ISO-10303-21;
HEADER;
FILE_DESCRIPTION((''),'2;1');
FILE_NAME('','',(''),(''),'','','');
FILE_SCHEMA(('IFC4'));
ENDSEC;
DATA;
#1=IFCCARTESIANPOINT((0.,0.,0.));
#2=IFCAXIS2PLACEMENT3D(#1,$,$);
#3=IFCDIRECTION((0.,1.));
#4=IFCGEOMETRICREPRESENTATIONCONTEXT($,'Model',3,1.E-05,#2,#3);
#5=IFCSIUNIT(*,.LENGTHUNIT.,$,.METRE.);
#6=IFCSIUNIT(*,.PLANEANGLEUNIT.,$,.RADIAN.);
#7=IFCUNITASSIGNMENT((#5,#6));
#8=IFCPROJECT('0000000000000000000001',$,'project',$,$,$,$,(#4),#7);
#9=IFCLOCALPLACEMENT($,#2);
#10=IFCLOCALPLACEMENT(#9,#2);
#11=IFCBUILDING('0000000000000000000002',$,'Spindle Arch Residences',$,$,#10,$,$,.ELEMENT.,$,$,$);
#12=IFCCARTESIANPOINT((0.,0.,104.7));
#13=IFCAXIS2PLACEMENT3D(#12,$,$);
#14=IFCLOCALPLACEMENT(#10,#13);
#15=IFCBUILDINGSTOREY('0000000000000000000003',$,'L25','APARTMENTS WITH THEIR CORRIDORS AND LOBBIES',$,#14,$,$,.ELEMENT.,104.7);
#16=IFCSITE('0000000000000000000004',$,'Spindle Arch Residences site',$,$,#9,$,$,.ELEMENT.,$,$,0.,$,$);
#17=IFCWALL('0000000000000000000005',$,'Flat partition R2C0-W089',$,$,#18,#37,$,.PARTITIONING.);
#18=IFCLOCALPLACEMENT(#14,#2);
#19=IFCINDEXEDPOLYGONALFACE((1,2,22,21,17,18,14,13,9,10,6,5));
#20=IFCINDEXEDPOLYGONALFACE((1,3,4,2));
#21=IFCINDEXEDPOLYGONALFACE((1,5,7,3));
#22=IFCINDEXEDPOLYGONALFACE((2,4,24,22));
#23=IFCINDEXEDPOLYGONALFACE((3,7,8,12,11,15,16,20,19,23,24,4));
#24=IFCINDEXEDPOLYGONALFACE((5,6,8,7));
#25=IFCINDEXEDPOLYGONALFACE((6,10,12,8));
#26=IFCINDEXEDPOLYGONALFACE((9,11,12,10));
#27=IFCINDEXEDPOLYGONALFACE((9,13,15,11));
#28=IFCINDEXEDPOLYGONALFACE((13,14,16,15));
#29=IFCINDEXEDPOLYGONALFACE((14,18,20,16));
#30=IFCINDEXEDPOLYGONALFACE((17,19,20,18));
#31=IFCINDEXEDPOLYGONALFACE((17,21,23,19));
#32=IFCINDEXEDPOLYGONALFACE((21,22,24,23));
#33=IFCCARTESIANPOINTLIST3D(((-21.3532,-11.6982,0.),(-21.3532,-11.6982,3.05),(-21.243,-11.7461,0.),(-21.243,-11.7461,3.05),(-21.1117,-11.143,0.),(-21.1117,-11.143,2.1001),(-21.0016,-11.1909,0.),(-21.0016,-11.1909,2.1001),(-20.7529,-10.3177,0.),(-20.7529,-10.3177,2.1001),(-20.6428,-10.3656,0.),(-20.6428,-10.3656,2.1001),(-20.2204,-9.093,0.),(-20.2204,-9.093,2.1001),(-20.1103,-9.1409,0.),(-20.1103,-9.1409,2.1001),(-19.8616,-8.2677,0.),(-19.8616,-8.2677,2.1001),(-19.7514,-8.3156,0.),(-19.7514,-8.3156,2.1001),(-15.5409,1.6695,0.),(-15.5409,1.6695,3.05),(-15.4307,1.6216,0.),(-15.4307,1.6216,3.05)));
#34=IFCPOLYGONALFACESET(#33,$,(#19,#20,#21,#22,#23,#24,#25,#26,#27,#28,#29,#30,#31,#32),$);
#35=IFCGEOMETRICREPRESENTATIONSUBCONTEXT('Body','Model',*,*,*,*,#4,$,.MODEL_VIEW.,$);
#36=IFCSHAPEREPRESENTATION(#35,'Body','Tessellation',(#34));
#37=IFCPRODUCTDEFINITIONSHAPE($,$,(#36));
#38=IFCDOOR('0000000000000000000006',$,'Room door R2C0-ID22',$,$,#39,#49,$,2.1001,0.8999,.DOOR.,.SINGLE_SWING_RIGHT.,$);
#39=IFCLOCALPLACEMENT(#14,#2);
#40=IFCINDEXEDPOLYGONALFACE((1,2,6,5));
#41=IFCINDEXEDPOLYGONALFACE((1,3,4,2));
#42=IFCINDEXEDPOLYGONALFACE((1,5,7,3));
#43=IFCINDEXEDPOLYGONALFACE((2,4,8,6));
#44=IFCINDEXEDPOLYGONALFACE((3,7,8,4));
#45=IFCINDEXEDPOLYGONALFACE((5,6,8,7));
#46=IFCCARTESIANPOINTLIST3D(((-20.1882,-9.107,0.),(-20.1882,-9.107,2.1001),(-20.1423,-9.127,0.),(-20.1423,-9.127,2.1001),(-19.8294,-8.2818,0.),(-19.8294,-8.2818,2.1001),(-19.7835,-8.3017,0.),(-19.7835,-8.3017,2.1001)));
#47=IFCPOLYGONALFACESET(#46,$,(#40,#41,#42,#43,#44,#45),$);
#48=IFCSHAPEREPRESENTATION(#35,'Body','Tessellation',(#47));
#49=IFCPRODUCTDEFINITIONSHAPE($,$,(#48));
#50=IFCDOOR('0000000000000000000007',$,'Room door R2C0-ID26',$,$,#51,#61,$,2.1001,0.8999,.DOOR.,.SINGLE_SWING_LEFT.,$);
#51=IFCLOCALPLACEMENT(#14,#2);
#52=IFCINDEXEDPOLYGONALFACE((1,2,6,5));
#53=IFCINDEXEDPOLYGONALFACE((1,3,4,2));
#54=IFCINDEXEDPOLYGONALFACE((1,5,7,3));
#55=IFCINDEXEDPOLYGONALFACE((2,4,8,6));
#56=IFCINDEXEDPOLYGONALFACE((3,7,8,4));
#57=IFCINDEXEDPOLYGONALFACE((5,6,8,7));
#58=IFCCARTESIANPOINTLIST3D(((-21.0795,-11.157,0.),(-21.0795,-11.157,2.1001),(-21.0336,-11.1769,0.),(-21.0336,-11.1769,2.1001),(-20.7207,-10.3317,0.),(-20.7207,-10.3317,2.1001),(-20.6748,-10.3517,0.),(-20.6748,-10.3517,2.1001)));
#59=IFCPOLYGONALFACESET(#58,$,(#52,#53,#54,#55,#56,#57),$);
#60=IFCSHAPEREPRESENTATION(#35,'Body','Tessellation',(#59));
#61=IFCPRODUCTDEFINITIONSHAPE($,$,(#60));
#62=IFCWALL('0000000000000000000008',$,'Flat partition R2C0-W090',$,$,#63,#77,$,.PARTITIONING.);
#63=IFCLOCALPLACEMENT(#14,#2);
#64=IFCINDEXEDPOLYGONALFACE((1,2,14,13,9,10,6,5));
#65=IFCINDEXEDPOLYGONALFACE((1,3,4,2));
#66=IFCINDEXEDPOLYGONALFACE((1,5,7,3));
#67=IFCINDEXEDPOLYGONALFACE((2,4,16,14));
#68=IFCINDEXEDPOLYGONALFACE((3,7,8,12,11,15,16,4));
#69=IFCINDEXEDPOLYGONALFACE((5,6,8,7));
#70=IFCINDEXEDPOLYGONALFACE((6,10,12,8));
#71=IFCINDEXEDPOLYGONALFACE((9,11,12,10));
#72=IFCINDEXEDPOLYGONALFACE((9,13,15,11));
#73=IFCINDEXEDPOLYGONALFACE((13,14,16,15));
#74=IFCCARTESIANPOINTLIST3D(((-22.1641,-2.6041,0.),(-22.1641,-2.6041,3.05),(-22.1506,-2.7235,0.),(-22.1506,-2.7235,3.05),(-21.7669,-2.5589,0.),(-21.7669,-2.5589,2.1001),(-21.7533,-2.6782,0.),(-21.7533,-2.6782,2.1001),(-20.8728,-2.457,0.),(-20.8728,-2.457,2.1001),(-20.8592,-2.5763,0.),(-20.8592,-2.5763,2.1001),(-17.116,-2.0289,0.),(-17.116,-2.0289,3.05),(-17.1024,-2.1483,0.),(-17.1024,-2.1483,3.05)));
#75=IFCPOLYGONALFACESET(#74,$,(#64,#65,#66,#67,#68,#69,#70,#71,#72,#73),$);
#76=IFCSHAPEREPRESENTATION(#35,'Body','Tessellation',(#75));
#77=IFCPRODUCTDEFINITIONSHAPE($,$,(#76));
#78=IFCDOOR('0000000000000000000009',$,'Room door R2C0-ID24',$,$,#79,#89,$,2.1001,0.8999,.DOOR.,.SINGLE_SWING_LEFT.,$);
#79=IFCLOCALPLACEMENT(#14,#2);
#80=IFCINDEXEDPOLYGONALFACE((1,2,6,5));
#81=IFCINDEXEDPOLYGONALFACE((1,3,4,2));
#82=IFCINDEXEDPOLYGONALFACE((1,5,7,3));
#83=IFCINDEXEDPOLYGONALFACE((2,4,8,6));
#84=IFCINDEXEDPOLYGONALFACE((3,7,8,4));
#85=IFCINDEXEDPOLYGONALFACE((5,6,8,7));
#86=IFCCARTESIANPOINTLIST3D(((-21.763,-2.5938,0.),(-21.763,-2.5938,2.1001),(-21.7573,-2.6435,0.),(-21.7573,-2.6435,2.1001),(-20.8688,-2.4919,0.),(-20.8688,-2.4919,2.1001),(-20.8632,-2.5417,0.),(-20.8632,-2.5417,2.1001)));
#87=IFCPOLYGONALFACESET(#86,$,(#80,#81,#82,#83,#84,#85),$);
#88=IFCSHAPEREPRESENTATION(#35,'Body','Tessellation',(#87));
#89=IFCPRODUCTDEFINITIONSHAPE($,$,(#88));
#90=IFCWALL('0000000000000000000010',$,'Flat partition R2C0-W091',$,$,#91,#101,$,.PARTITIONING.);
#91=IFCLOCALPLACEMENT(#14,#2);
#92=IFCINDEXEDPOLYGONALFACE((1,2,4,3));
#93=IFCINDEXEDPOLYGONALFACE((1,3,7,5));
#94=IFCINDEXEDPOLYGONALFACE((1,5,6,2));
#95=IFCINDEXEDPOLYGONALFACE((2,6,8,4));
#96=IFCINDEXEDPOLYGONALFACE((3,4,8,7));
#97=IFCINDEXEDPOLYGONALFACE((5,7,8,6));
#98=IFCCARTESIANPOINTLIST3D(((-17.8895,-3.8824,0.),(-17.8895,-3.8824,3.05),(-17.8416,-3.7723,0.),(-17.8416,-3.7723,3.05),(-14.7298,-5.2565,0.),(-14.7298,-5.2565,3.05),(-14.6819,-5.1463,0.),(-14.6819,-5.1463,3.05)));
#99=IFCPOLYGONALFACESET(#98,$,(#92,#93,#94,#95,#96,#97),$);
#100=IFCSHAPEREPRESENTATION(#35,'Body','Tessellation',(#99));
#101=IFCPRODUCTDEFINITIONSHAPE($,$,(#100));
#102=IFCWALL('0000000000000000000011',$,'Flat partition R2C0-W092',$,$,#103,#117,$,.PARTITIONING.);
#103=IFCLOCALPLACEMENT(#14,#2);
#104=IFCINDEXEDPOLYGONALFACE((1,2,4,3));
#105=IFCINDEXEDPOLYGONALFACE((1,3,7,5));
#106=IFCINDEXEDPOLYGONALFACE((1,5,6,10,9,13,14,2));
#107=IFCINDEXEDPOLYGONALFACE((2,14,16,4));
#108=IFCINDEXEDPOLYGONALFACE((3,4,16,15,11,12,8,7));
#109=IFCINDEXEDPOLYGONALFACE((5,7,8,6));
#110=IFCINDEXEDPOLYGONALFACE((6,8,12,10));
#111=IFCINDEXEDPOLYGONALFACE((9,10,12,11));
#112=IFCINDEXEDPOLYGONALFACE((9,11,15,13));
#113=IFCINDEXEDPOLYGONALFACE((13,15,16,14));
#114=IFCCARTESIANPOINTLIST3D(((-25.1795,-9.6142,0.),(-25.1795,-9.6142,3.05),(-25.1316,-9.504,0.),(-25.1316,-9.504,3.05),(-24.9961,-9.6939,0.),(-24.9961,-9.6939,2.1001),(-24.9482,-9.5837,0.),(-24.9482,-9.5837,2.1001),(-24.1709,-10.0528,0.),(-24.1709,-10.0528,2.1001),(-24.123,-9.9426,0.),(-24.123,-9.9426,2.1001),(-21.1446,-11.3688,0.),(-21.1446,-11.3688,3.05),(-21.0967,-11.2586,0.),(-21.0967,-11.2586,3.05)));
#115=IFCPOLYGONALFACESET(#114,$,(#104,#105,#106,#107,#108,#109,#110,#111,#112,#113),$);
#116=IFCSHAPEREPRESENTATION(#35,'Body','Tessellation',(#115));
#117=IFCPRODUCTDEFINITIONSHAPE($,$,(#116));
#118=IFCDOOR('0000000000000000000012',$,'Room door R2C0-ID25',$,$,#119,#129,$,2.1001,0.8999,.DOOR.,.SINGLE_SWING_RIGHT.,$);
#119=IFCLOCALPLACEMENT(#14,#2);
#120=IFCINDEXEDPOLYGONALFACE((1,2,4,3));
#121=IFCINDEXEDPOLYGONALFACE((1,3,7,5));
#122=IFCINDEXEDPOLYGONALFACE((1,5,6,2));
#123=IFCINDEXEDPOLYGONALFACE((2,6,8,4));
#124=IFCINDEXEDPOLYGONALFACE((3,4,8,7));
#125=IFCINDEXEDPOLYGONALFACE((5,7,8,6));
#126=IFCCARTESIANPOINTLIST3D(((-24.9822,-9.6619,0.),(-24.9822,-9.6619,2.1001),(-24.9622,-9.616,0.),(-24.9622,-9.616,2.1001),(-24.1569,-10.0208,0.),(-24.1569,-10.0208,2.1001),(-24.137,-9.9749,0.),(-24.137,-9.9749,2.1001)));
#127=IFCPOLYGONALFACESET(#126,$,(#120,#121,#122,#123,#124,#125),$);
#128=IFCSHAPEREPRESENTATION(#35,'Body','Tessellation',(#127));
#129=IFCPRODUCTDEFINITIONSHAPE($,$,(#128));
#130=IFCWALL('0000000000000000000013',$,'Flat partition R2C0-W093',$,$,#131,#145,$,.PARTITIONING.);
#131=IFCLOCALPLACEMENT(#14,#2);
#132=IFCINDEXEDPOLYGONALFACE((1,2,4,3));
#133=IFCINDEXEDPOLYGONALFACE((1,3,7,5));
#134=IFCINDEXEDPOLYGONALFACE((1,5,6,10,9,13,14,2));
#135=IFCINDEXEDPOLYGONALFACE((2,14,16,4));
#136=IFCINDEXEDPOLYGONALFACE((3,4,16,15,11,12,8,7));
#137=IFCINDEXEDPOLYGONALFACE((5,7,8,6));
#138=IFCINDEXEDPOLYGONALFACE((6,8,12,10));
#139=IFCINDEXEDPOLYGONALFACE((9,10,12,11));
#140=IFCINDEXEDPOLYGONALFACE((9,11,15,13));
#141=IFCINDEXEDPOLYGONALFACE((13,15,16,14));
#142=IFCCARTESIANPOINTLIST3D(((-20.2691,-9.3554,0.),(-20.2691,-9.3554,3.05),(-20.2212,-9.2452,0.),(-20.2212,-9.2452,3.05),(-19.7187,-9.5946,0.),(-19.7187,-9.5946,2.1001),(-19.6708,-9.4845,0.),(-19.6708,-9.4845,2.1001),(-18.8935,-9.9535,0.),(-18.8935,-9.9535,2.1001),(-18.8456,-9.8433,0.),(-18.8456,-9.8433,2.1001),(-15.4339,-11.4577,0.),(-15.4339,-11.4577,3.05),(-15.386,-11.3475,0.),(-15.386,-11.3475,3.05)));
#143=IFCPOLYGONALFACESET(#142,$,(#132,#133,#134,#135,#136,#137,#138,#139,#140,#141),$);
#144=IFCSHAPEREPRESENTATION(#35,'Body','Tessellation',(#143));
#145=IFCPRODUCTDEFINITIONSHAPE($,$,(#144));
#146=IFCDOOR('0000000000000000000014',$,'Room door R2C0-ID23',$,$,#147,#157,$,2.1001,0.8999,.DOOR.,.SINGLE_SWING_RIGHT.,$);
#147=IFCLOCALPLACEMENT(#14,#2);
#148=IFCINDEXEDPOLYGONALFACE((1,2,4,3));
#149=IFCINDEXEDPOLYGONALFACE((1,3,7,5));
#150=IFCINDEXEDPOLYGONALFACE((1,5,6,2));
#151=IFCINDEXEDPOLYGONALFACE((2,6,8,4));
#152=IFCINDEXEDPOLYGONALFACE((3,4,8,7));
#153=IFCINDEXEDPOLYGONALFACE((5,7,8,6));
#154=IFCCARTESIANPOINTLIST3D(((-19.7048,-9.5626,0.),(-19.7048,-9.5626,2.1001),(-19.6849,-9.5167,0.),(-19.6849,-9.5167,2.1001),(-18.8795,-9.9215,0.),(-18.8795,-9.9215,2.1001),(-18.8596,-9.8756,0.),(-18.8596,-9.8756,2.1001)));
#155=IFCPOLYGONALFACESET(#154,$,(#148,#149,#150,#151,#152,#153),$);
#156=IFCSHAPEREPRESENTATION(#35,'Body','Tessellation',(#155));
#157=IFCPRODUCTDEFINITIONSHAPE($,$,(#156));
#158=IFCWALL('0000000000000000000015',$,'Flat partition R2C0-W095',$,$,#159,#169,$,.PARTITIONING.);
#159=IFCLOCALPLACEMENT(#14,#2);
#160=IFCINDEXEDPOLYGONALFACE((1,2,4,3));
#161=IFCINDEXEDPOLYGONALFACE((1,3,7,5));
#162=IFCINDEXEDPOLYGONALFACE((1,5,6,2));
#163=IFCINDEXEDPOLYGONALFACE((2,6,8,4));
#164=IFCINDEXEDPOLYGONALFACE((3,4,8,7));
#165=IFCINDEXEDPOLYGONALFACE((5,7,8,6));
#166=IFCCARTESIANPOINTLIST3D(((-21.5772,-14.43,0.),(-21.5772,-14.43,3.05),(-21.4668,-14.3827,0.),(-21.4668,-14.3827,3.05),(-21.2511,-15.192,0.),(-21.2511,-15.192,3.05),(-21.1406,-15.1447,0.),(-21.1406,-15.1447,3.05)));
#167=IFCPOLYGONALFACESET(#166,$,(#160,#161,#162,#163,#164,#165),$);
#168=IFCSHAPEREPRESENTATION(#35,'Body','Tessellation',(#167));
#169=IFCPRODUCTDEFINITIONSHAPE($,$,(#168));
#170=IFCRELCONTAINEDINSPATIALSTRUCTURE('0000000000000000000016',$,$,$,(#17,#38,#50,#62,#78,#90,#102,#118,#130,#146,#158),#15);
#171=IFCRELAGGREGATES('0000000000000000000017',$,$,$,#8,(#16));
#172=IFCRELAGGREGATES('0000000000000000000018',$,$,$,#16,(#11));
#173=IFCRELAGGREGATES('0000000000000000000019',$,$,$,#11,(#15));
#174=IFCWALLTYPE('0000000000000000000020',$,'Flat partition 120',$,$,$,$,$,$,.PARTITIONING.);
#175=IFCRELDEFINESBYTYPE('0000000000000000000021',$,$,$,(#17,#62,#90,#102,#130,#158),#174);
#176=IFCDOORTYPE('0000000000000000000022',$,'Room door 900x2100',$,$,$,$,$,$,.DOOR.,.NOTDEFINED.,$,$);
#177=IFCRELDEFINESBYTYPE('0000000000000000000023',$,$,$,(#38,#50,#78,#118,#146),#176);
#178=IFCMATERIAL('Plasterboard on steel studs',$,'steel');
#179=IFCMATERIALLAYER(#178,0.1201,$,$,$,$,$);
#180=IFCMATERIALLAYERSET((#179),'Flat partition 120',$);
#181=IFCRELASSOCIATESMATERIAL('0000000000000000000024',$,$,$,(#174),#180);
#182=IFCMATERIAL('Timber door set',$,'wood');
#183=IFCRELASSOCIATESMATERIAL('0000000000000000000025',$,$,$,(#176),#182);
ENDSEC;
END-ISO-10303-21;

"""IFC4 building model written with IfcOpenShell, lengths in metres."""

from ifc_helpers import new_model, si_unit, direction, frame, frame_2d, origin, place, context, subcontext, project, spatial, rectangle, extrude, material, layer, layer_set, type_object, element, fill, save


model = new_model("IFC4")

# Units and contexts
model_context = context("Model", 3, precision=1e-05, world=origin(), true_north=direction((0.0, 1.0)))
body_context = subcontext(model_context, "Body", "Model", "MODEL_VIEW")
ifc_project = project(units=[si_unit("LENGTHUNIT", "METRE"), si_unit("PLANEANGLEUNIT", "RADIAN")], contexts=[model_context])

# Site, building, storey
site_placement = place(None, origin())
site = spatial("IfcSite", under=ifc_project, at=site_placement, Name="Spindle Arch Residences site", CompositionType="ELEMENT", RefElevation=0.0)
building_placement = place(site_placement, origin())
building = spatial("IfcBuilding", under=site, at=building_placement, Name="Spindle Arch Residences", CompositionType="ELEMENT")
storey_placement = place(building_placement, frame((0.0, 0.0, 104.7)))
storey = spatial("IfcBuildingStorey", under=building, at=storey_placement, Name="L25", Description="APARTMENTS WITH THEIR CORRIDORS AND LOBBIES", CompositionType="ELEMENT", Elevation=104.7)

# Wall, openings, doors
ifc_material_1 = material(Name="Plasterboard on steel studs", Category="steel")
ifc_layer_1 = layer(ifc_material_1, 0.1201)
ifc_layer_set_1 = layer_set([ifc_layer_1], Name="Flat partition 120")
wall_type_1 = type_object("IfcWallType", Name="Flat partition 120", PredefinedType="PARTITIONING", material=ifc_layer_set_1)
wall_1_placement = place(storey_placement, frame((-21.2981, -11.7222, 0.0), z_axis=(0.0, 0.0, 1.0), x_axis=(0.398739, 0.917064, 0.0)))
wall_1 = element("IfcWall", 1, at=wall_1_placement, inside=storey, type_object=wall_type_1, Name="Flat partition R2C0-W089", PredefinedType="PARTITIONING", context=body_context, shape_type="SweptSolid", body=[
    extrude(rectangle(XDim=14.5767, YDim=0.1201, at=frame_2d((7.2883, 0.0))), origin(), (0.0, 0.0, 1.0), 3.05),
])
opening_1_placement = place(wall_1_placement, frame((2.8408, 0.0, 0.0)))
opening_1 = element("IfcOpeningElement", 2, at=opening_1_placement, cuts=wall_1, PredefinedType="OPENING", context=body_context, shape_type="SweptSolid", body=[
    extrude(rectangle(XDim=0.8999, YDim=2.1001, at=frame_2d((0.45, 1.05))), frame((0.0, 0.0701, 0.0), z_axis=(0.0, -1.0, 0.0), x_axis=(1.0, 0.0, 0.0)), (0.0, 0.0, 1.0), 0.1401),
])
opening_2_placement = place(wall_1_placement, frame((0.6055, 0.0, 0.0)))
opening_2 = element("IfcOpeningElement", 3, at=opening_2_placement, cuts=wall_1, PredefinedType="OPENING", context=body_context, shape_type="SweptSolid", body=[
    extrude(rectangle(XDim=0.8999, YDim=2.1001, at=frame_2d((0.45, 1.05))), frame((0.0, 0.0701, 0.0), z_axis=(0.0, -1.0, 0.0), x_axis=(1.0, 0.0, 0.0)), (0.0, 0.0, 1.0), 0.1401),
])
ifc_material_2 = material(Name="Timber door set", Category="wood")
door_type = type_object("IfcDoorType", Name="Room door 900x2100", OperationType="NOTDEFINED", PredefinedType="DOOR", material=ifc_material_2)
door_1_placement = place(opening_1_placement, origin())
door_1 = element("IfcDoor", 4, at=door_1_placement, inside=storey, type_object=door_type, Name="Room door R2C0-ID22", OperationType="SINGLE_SWING_RIGHT", OverallHeight=2.1001, OverallWidth=0.8999, PredefinedType="DOOR", context=body_context, shape_type="SweptSolid", body=[
    extrude(rectangle(XDim=0.8999, YDim=2.1001, at=frame_2d((0.45, 1.05))), frame((0.0, 0.0249, 0.0), z_axis=(0.0, -1.0, 0.0), x_axis=(1.0, 0.0, 0.0)), (0.0, 0.0, 1.0), 0.05),
])
fill(opening_1, door_1)
door_2_placement = place(opening_2_placement, origin())
door_2 = element("IfcDoor", 5, at=door_2_placement, inside=storey, type_object=door_type, Name="Room door R2C0-ID26", OperationType="SINGLE_SWING_LEFT", OverallHeight=2.1001, OverallWidth=0.8999, PredefinedType="DOOR", context=body_context, shape_type="SweptSolid", body=[
    extrude(rectangle(XDim=0.8999, YDim=2.1001, at=frame_2d((0.45, 1.05))), frame((0.0, 0.0249, 0.0), z_axis=(0.0, -1.0, 0.0), x_axis=(1.0, 0.0, 0.0)), (0.0, 0.0, 1.0), 0.05),
])
fill(opening_2, door_2)

# Wall, opening, door
wall_2_placement = place(storey_placement, frame((-22.1575, -2.6638, 0.0), z_axis=(0.0, 0.0, 1.0), x_axis=(0.993571, 0.11321, 0.0)))
wall_2 = element("IfcWall", 6, at=wall_2_placement, inside=storey, type_object=wall_type_1, Name="Flat partition R2C0-W090", PredefinedType="PARTITIONING", context=body_context, shape_type="SweptSolid", body=[
    extrude(rectangle(XDim=5.0808, YDim=0.1201, at=frame_2d((2.5405, 0.0))), origin(), (0.0, 0.0, 1.0), 3.05),
])
opening_3_placement = place(wall_2_placement, frame((0.3999, 0.0, 0.0)))
opening_3 = element("IfcOpeningElement", 7, at=opening_3_placement, cuts=wall_2, PredefinedType="OPENING", context=body_context, shape_type="SweptSolid", body=[
    extrude(rectangle(XDim=0.8999, YDim=2.1001, at=frame_2d((0.45, 1.05))), frame((0.0, 0.0701, 0.0), z_axis=(0.0, -1.0, 0.0), x_axis=(1.0, 0.0, 0.0)), (0.0, 0.0, 1.0), 0.1401),
])
door_3_placement = place(opening_3_placement, origin())
door_3 = element("IfcDoor", 8, at=door_3_placement, inside=storey, type_object=door_type, Name="Room door R2C0-ID24", OperationType="SINGLE_SWING_LEFT", OverallHeight=2.1001, OverallWidth=0.8999, PredefinedType="DOOR", context=body_context, shape_type="SweptSolid", body=[
    extrude(rectangle(XDim=0.8999, YDim=2.1001, at=frame_2d((0.45, 1.05))), frame((0.0, 0.0249, 0.0), z_axis=(0.0, -1.0, 0.0), x_axis=(1.0, 0.0, 0.0)), (0.0, 0.0, 1.0), 0.05),
])
fill(opening_3, door_3)

# Wall
wall_3_placement = place(storey_placement, frame((-17.8655, -3.8274, 0.0), z_axis=(0.0, 0.0, 1.0), x_axis=(0.917043, -0.398788, 0.0)))
element("IfcWall", 9, at=wall_3_placement, inside=storey, type_object=wall_type_1, Name="Flat partition R2C0-W091", PredefinedType="PARTITIONING", context=body_context, shape_type="SweptSolid", body=[
    extrude(rectangle(XDim=3.4456, YDim=0.1201, at=frame_2d((1.7227, 0.0))), origin(), (0.0, 0.0, 1.0), 3.05),
])

# Walls, openings, doors
wall_4_placement = place(storey_placement, frame((-25.1555, -9.5591, 0.0), z_axis=(0.0, 0.0, 1.0), x_axis=(0.917043, -0.398789, 0.0)))
wall_4 = element("IfcWall", 10, at=wall_4_placement, inside=storey, type_object=wall_type_1, Name="Flat partition R2C0-W092", PredefinedType="PARTITIONING", context=body_context, shape_type="SweptSolid", body=[
    extrude(rectangle(XDim=4.3999, YDim=0.1201, at=frame_2d((2.2, 0.0))), origin(), (0.0, 0.0, 1.0), 3.05),
])
opening_4_placement = place(wall_4_placement, frame((0.2, 0.0, 0.0)))
opening_4 = element("IfcOpeningElement", 11, at=opening_4_placement, cuts=wall_4, PredefinedType="OPENING", context=body_context, shape_type="SweptSolid", body=[
    extrude(rectangle(XDim=0.8999, YDim=2.1001, at=frame_2d((0.45, 1.05))), frame((0.0, 0.0701, 0.0), z_axis=(0.0, -1.0, 0.0), x_axis=(1.0, 0.0, 0.0)), (0.0, 0.0, 1.0), 0.1401),
])
door_4_placement = place(opening_4_placement, origin())
door_4 = element("IfcDoor", 12, at=door_4_placement, inside=storey, type_object=door_type, Name="Room door R2C0-ID25", OperationType="SINGLE_SWING_RIGHT", OverallHeight=2.1001, OverallWidth=0.8999, PredefinedType="DOOR", context=body_context, shape_type="SweptSolid", body=[
    extrude(rectangle(XDim=0.8999, YDim=2.1001, at=frame_2d((0.45, 1.05))), frame((0.0, 0.0249, 0.0), z_axis=(0.0, -1.0, 0.0), x_axis=(1.0, 0.0, 0.0)), (0.0, 0.0, 1.0), 0.05),
])
fill(opening_4, door_4)
wall_5_placement = place(storey_placement, frame((-20.2451, -9.3003, 0.0), z_axis=(0.0, 0.0, 1.0), x_axis=(0.917068, -0.398731, 0.0)))
wall_5 = element("IfcWall", 13, at=wall_5_placement, inside=storey, type_object=wall_type_1, Name="Flat partition R2C0-W093", PredefinedType="PARTITIONING", context=body_context, shape_type="SweptSolid", body=[
    extrude(rectangle(XDim=5.2725, YDim=0.1201, at=frame_2d((2.6362, 0.0))), origin(), (0.0, 0.0, 1.0), 3.05),
])
opening_5_placement = place(wall_5_placement, frame((0.6001, 0.0, 0.0)))
opening_5 = element("IfcOpeningElement", 14, at=opening_5_placement, cuts=wall_5, PredefinedType="OPENING", context=body_context, shape_type="SweptSolid", body=[
    extrude(rectangle(XDim=0.8999, YDim=2.1001, at=frame_2d((0.45, 1.05))), frame((0.0, 0.0701, 0.0), z_axis=(0.0, -1.0, 0.0), x_axis=(1.0, 0.0, 0.0)), (0.0, 0.0, 1.0), 0.1401),
])
door_5_placement = place(opening_5_placement, origin())
door_5 = element("IfcDoor", 15, at=door_5_placement, inside=storey, type_object=door_type, Name="Room door R2C0-ID23", OperationType="SINGLE_SWING_RIGHT", OverallHeight=2.1001, OverallWidth=0.8999, PredefinedType="DOOR", context=body_context, shape_type="SweptSolid", body=[
    extrude(rectangle(XDim=0.8999, YDim=2.1001, at=frame_2d((0.45, 1.05))), frame((0.0, 0.0249, 0.0), z_axis=(0.0, -1.0, 0.0), x_axis=(1.0, 0.0, 0.0)), (0.0, 0.0, 1.0), 0.05),
])
fill(opening_5, door_5)

# Wall
wall_6_placement = place(storey_placement, frame((-21.1958, -15.1685, 0.0), z_axis=(0.0, 0.0, 1.0), x_axis=(-0.393528, 0.919313, 0.0)))
element("IfcWall", 16, at=wall_6_placement, inside=storey, type_object=wall_type_1, Name="Flat partition R2C0-W095", PredefinedType="PARTITIONING", context=body_context, shape_type="SweptSolid", body=[
    extrude(rectangle(XDim=0.8289, YDim=0.1201, at=frame_2d((0.4146, 0.0))), origin(), (0.0, 0.0, 1.0), 3.05),
])

save(model, "model.ifc")
